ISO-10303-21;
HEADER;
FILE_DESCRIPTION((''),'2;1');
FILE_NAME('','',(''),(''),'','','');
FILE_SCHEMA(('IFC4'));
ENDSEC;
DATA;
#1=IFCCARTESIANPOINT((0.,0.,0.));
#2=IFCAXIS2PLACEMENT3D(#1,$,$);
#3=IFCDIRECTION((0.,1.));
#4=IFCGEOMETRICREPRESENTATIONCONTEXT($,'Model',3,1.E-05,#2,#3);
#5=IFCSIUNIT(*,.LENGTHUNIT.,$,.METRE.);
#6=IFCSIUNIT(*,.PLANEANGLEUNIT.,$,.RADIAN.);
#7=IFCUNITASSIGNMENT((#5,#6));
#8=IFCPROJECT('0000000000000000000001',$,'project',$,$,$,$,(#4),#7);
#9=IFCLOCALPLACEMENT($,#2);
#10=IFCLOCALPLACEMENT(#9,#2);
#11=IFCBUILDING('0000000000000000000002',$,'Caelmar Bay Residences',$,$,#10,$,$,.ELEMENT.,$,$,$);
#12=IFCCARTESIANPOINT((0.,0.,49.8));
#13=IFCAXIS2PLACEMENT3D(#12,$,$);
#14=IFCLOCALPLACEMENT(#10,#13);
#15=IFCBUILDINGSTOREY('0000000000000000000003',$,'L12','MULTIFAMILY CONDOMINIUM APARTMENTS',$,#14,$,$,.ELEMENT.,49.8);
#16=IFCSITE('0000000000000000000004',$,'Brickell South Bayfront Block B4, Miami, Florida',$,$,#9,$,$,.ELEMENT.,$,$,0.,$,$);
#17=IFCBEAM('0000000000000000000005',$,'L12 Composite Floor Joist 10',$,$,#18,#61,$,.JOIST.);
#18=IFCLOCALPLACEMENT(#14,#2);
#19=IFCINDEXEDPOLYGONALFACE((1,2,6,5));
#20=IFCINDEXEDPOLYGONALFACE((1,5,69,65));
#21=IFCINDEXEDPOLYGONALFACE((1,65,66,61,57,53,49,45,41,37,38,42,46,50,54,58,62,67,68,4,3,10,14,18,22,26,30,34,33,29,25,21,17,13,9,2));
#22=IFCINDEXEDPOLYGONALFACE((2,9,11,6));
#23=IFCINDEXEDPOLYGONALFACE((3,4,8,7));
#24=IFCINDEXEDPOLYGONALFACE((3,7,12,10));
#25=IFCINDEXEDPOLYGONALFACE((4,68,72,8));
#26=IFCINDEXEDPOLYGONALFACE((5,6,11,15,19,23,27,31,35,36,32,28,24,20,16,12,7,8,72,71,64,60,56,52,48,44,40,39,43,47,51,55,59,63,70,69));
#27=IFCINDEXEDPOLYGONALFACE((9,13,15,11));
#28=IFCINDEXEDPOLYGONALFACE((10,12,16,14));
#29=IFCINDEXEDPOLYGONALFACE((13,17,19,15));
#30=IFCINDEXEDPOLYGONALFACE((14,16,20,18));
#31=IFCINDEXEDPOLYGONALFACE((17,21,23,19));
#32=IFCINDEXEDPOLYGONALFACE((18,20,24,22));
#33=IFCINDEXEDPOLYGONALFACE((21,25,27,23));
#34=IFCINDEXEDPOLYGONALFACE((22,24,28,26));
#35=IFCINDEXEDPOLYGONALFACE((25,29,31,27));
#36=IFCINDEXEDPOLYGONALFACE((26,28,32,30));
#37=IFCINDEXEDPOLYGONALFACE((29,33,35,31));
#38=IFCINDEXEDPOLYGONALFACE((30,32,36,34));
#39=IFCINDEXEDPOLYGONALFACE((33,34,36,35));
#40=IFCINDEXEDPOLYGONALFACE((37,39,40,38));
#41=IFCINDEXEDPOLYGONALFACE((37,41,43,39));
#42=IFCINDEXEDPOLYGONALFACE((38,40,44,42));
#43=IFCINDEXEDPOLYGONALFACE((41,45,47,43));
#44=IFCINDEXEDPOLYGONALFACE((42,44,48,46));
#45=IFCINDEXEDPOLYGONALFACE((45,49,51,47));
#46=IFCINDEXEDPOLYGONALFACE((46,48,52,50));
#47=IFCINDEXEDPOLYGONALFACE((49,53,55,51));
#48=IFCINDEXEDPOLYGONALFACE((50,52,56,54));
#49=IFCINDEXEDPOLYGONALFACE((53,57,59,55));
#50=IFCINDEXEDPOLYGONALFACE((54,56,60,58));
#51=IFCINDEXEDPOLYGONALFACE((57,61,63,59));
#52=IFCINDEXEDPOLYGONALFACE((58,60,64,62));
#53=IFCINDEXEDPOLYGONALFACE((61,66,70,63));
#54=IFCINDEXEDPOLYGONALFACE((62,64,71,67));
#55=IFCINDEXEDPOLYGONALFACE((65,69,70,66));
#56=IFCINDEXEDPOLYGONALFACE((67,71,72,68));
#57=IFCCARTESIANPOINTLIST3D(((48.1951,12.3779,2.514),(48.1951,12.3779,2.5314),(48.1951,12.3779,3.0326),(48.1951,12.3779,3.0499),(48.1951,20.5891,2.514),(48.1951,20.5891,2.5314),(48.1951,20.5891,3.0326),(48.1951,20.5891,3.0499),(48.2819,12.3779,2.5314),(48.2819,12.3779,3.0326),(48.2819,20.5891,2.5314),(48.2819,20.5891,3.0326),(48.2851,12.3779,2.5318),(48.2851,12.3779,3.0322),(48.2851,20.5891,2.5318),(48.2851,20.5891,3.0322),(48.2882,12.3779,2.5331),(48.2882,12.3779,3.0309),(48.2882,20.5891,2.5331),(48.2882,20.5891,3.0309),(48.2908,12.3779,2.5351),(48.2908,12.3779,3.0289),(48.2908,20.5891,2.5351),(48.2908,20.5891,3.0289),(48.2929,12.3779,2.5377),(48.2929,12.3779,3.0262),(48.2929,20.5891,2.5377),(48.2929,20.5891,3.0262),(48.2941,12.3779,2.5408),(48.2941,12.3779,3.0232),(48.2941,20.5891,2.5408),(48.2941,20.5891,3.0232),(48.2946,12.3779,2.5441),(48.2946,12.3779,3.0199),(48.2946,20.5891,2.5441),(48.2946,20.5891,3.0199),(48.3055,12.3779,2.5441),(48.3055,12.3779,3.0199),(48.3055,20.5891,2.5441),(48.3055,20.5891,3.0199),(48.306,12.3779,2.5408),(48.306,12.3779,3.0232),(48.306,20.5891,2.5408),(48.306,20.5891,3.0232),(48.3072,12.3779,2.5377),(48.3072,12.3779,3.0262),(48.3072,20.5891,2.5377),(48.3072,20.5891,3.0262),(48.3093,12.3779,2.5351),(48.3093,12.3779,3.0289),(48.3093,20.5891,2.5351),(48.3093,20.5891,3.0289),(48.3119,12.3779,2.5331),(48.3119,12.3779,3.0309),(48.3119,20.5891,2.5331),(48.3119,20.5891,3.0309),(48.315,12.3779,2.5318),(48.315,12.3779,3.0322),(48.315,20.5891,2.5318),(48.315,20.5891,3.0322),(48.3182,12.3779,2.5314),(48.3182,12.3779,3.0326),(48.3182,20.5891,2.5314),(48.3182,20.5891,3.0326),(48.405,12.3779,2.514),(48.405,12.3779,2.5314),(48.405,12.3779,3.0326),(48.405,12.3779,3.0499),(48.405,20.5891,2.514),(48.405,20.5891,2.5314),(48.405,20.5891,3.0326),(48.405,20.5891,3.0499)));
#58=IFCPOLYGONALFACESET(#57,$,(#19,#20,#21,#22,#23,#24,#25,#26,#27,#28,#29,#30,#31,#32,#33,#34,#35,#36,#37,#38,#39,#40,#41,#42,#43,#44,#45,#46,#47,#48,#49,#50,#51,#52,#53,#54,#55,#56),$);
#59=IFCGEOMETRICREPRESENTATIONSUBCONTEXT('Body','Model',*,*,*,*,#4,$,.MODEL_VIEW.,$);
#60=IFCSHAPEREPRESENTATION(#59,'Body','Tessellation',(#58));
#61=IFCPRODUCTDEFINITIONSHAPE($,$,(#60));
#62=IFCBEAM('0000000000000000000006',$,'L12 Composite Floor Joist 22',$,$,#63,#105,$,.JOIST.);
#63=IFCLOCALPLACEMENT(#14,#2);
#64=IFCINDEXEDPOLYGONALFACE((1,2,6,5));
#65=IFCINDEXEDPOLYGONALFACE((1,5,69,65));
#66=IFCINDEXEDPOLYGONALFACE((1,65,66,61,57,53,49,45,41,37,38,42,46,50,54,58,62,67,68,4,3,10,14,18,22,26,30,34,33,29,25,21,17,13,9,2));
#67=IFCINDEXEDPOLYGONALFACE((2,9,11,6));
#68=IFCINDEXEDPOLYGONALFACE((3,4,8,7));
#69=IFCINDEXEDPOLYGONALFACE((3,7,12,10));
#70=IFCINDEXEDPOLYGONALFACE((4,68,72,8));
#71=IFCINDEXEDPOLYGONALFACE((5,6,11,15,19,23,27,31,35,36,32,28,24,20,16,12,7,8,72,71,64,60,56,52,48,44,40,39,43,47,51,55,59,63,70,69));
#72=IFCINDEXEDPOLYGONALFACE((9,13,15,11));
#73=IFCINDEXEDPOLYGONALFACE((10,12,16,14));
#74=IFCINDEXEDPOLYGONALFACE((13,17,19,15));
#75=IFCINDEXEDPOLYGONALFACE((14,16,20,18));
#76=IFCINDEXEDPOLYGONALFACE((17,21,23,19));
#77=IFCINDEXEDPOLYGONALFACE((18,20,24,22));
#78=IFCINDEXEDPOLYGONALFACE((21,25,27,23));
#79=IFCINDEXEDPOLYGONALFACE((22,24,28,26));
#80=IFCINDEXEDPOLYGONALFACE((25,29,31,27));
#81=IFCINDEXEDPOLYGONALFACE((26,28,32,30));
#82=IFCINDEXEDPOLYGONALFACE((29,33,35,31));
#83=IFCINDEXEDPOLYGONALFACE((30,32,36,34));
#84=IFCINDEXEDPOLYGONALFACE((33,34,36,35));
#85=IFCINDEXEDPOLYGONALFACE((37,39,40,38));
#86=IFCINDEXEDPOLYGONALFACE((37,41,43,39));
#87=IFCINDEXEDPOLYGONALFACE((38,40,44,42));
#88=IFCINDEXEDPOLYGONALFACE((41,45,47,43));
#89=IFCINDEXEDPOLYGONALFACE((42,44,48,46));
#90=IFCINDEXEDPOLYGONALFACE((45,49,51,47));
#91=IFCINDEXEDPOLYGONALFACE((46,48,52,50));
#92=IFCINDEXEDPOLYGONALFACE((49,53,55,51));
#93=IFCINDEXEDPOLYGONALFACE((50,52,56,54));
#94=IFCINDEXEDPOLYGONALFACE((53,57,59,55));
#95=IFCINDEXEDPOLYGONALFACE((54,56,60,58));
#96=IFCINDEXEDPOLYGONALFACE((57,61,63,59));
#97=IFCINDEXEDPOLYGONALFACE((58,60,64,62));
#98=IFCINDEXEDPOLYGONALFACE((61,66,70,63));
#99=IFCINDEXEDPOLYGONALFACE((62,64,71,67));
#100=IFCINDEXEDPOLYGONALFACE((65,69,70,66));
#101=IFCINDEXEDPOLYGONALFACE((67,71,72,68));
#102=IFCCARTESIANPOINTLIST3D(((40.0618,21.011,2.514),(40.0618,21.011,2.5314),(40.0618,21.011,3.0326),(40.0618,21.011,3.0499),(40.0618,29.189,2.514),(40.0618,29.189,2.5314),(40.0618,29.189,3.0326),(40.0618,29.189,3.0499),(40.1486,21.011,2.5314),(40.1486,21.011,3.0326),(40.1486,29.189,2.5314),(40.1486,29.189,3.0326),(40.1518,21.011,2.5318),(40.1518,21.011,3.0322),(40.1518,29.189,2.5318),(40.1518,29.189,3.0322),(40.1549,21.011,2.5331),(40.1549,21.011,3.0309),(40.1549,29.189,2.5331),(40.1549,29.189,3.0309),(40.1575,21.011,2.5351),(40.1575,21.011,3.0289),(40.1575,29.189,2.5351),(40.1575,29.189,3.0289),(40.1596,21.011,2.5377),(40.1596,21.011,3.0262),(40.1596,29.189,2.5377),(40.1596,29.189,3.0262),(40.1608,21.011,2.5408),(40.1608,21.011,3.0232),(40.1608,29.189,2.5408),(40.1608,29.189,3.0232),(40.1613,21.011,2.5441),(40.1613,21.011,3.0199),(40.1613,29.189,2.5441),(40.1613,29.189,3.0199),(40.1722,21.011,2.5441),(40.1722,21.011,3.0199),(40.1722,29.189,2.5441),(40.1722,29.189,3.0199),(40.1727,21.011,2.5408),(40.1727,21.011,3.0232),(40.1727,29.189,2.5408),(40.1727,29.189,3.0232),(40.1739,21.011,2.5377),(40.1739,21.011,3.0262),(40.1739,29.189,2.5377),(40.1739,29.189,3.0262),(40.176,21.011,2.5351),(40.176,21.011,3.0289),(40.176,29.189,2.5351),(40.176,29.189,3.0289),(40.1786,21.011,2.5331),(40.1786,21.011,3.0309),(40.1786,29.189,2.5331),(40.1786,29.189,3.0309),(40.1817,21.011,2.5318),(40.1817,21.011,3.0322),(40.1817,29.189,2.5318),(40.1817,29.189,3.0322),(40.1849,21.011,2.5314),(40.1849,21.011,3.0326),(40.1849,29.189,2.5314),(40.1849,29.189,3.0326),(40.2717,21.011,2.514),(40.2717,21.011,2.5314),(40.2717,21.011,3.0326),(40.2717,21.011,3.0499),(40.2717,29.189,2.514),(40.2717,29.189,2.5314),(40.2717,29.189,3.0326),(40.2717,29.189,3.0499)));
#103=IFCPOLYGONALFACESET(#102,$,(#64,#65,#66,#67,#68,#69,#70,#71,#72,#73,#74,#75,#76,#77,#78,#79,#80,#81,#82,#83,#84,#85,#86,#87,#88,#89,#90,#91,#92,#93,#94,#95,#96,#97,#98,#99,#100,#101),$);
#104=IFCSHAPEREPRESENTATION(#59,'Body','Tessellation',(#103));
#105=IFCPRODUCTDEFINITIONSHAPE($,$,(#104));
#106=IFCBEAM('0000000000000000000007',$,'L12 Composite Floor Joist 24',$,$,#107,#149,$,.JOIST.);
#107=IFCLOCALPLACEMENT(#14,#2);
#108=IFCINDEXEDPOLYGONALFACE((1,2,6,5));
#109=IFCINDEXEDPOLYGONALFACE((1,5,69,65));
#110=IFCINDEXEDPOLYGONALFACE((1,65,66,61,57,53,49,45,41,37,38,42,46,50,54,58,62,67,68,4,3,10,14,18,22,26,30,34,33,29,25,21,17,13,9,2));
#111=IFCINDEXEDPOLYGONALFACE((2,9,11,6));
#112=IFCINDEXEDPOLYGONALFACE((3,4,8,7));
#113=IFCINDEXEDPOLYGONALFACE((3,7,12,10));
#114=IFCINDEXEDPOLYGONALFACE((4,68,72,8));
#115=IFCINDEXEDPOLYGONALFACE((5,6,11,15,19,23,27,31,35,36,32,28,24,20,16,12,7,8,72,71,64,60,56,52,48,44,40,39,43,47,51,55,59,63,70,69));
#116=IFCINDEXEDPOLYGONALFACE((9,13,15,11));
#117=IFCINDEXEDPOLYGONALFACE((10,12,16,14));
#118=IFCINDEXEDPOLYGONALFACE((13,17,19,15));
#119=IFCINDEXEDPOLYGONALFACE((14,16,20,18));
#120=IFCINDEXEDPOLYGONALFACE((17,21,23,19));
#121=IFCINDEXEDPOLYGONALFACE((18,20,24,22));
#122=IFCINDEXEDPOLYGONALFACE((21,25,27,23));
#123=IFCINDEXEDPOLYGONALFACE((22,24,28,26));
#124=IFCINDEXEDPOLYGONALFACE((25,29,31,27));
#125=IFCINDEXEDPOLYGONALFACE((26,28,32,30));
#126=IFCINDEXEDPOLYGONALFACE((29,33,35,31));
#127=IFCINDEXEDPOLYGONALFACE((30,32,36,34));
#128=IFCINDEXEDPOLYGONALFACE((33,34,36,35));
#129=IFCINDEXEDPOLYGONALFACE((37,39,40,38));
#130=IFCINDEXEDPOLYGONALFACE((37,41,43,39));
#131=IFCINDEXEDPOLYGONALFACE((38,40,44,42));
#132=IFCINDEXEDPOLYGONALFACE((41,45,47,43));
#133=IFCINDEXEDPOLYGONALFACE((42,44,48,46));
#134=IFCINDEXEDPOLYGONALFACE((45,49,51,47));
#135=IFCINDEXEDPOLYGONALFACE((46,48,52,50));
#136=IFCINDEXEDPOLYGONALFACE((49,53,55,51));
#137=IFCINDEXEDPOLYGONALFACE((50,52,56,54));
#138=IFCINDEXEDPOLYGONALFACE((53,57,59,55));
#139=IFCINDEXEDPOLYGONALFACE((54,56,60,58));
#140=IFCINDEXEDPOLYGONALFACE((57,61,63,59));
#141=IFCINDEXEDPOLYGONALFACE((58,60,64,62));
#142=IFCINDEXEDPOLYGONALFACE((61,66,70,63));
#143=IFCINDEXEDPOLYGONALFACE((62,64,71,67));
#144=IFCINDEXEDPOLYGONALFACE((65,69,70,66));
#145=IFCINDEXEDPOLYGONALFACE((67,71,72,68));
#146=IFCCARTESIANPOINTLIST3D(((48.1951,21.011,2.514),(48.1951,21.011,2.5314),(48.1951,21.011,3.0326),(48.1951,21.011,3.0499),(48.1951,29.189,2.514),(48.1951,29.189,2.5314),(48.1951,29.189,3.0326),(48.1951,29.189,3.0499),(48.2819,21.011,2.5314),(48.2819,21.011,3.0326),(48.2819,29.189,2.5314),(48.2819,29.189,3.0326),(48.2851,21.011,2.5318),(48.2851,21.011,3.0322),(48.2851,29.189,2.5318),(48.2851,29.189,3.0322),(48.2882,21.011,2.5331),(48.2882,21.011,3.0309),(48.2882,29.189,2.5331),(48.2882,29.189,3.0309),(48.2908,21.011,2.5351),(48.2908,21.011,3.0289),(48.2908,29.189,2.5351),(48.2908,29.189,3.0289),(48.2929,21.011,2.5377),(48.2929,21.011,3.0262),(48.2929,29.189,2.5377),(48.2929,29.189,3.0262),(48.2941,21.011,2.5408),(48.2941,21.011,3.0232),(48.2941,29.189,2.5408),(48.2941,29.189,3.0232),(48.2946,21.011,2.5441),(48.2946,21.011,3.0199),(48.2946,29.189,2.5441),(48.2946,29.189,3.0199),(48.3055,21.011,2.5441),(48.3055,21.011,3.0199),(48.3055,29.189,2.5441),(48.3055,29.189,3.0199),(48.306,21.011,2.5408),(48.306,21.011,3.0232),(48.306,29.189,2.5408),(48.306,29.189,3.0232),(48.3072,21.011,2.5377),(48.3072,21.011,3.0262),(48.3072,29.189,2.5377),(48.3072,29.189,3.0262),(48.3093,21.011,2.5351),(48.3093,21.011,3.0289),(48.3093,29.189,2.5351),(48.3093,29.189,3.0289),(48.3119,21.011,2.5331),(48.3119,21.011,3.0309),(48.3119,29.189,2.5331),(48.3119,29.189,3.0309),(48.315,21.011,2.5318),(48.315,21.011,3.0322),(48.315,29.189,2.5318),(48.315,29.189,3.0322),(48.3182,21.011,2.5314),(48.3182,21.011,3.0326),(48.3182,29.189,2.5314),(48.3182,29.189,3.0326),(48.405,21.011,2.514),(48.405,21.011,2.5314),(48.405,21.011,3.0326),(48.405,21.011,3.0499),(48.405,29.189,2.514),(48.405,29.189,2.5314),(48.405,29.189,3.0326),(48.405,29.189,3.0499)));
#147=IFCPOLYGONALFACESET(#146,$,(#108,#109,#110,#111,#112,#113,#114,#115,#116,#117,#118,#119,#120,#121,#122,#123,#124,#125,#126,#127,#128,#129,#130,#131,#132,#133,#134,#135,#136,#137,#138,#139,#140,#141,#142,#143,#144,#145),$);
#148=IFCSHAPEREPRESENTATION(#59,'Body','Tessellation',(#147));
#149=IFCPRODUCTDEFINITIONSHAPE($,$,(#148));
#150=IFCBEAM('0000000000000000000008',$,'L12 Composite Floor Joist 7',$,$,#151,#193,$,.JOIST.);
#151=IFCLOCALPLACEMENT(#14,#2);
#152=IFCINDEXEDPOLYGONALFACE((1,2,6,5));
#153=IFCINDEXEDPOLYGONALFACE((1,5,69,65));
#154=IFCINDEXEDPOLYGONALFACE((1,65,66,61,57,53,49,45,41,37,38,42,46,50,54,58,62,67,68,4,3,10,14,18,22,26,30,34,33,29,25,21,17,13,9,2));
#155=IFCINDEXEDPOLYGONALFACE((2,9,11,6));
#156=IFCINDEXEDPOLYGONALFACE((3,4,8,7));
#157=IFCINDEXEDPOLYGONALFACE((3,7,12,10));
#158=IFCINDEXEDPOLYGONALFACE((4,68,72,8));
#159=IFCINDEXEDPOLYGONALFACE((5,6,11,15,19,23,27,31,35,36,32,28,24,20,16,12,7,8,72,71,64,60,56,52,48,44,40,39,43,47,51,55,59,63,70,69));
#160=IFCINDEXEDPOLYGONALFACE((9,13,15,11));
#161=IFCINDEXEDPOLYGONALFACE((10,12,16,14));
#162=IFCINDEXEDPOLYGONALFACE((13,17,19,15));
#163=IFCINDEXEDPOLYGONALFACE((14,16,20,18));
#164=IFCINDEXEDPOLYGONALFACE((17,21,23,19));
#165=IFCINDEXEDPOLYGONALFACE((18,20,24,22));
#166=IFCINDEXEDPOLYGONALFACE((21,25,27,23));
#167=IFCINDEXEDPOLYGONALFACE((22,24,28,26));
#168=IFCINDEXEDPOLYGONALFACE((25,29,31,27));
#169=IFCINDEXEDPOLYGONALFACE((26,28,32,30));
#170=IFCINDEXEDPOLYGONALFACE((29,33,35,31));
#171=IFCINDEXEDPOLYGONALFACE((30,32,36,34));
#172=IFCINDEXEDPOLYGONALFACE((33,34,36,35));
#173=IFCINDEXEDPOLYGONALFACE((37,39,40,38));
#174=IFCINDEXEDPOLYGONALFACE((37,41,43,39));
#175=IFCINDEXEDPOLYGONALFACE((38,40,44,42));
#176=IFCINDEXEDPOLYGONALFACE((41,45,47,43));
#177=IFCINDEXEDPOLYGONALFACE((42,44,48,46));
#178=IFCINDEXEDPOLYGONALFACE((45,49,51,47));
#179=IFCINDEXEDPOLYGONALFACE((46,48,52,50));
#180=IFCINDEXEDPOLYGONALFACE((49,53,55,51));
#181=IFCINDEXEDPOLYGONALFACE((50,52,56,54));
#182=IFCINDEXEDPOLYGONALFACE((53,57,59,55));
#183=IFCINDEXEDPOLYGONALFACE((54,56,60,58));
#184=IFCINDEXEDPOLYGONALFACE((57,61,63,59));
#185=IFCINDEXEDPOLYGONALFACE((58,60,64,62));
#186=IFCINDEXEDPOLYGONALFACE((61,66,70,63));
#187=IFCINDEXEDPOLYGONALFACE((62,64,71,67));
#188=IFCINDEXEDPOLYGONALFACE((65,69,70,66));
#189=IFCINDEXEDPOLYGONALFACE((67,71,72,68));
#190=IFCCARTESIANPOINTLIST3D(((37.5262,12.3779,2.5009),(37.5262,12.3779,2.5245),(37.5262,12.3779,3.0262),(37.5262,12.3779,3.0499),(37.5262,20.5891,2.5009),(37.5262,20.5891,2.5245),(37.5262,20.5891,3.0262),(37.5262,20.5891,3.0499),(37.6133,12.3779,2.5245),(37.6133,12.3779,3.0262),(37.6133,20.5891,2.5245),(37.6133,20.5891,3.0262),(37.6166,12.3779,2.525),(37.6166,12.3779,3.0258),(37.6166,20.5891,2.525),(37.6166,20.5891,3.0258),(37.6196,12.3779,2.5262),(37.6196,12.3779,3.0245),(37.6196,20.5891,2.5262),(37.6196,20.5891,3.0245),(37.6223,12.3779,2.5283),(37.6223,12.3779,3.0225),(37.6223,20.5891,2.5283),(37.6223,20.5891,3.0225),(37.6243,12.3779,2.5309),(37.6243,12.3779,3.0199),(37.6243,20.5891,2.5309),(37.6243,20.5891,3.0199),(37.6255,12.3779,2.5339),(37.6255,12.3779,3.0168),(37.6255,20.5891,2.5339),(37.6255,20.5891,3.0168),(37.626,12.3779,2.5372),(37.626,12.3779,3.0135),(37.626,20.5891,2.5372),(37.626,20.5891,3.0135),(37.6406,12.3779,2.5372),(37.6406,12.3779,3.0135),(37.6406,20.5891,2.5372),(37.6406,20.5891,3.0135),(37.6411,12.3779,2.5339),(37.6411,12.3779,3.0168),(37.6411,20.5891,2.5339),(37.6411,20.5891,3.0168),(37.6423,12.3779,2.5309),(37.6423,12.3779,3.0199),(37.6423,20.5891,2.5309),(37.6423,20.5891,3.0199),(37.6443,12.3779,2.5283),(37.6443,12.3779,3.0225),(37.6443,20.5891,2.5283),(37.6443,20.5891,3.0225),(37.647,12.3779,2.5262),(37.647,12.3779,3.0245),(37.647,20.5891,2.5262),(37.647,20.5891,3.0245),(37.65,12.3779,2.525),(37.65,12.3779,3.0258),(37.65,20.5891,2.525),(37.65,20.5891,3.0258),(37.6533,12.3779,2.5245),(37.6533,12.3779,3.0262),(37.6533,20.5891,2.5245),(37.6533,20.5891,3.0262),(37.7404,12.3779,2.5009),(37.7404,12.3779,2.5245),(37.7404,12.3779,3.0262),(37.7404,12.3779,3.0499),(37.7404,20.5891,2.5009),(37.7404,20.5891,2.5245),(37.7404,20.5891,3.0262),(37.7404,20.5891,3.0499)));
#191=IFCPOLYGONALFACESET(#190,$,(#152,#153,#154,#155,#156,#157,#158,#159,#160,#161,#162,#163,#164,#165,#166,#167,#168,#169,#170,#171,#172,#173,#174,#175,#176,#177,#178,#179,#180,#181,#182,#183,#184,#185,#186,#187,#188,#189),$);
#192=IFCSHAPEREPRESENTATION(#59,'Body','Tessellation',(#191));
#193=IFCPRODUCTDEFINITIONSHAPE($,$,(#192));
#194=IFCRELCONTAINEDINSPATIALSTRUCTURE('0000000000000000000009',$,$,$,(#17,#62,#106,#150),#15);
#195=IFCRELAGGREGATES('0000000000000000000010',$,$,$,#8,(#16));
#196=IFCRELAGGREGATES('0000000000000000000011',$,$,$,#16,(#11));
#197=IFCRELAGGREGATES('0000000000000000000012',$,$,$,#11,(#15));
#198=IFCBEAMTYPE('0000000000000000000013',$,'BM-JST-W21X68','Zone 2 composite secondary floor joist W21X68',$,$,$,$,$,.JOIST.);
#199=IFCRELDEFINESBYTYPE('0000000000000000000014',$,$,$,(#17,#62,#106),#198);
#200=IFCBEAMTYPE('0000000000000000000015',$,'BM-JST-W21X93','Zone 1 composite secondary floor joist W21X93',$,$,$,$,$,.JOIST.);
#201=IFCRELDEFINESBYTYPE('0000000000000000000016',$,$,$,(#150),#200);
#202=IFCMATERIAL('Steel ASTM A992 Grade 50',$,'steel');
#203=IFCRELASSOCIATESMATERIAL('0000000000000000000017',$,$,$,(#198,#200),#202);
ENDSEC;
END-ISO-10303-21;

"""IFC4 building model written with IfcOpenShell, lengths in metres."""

from ifc_helpers import new_model, si_unit, direction, frame, origin, origin_2d, place, context, subcontext, project, spatial, i_section, extrude, material, material_profile, profile_set, type_object, element, save


model = new_model("IFC4")

# Units and contexts
model_context = context("Model", 3, precision=1e-05, world=origin(), true_north=direction((0.0, 1.0)))
body_context = subcontext(model_context, "Body", "Model", "MODEL_VIEW")
ifc_project = project(units=[si_unit("LENGTHUNIT", "METRE"), si_unit("PLANEANGLEUNIT", "RADIAN")], contexts=[model_context])

# Site, building, storey
site_placement = place(None, origin())
site = spatial("IfcSite", under=ifc_project, at=site_placement, Name="Brickell South Bayfront Block B4, Miami, Florida", CompositionType="ELEMENT", RefElevation=0.0)
building_placement = place(site_placement, origin())
building = spatial("IfcBuilding", under=site, at=building_placement, Name="Caelmar Bay Residences", CompositionType="ELEMENT")
storey_placement = place(building_placement, frame((0.0, 0.0, 49.8)))
storey = spatial("IfcBuildingStorey", under=building, at=storey_placement, Name="L12", Description="MULTIFAMILY CONDOMINIUM APARTMENTS", CompositionType="ELEMENT", Elevation=49.8)

# Beams
ifc_material_1 = material(Name="Steel ASTM A992 Grade 50", Category="steel")
ifc_material_profile_1 = material_profile(ifc_material_1, i_section(OverallWidth=0.21, OverallDepth=0.5359, WebThickness=0.011, FlangeThickness=0.0173, FilletRadius=0.0127, at=origin_2d()), Name="W21X68")
ifc_profile_set_1 = profile_set([ifc_material_profile_1], Name="Steel ASTM A992 Grade 50")
beam_type_1 = type_object("IfcBeamType", Name="BM-JST-W21X68", Description="Zone 2 composite secondary floor joist W21X68", PredefinedType="JOIST", material=ifc_profile_set_1)
for number, where, z_axis, x_axis, name in (
    (1, (48.3, 12.3779, 2.782), (0.0, 1.0, 0.0), (-1.0, 0.0, 0.0), "L12 Composite Floor Joist 10"),
):
    element("IfcBeam", number, at=place(storey_placement, frame(where, z_axis=z_axis, x_axis=x_axis)), inside=storey, type_object=beam_type_1, Name=name, PredefinedType="JOIST", context=body_context, shape_type="SweptSolid", body=[
        extrude(i_section(OverallWidth=0.21, OverallDepth=0.5359, WebThickness=0.011, FlangeThickness=0.0173, FilletRadius=0.0127, at=origin_2d()), origin(), (0.0, 0.0, 1.0), 8.2112),
    ])
for number, where, z_axis, x_axis, name in (
    (2, (40.1667, 21.011, 2.782), (0.0, 1.0, 0.0), (-1.0, 0.0, 0.0), "L12 Composite Floor Joist 22"),
    (3, (48.3, 21.011, 2.782), (0.0, 1.0, 0.0), (-1.0, 0.0, 0.0), "L12 Composite Floor Joist 24"),
):
    element("IfcBeam", number, at=place(storey_placement, frame(where, z_axis=z_axis, x_axis=x_axis)), inside=storey, type_object=beam_type_1, Name=name, PredefinedType="JOIST", context=body_context, shape_type="SweptSolid", body=[
        extrude(i_section(OverallWidth=0.21, OverallDepth=0.5359, WebThickness=0.011, FlangeThickness=0.0173, FilletRadius=0.0127, at=origin_2d()), origin(), (0.0, 0.0, 1.0), 8.178),
    ])
ifc_material_profile_2 = material_profile(ifc_material_1, i_section(OverallWidth=0.2141, OverallDepth=0.5491, WebThickness=0.0146, FlangeThickness=0.0237, FilletRadius=0.0127, at=origin_2d()), Name="W21X93")
ifc_profile_set_2 = profile_set([ifc_material_profile_2], Name="Steel ASTM A992 Grade 50")
beam_type_2 = type_object("IfcBeamType", Name="BM-JST-W21X93", Description="Zone 1 composite secondary floor joist W21X93", PredefinedType="JOIST", material=ifc_profile_set_2)
for number, where, z_axis, x_axis, name in (
    (4, (37.6333, 12.3779, 2.7754), (0.0, 1.0, 0.0), (-1.0, 0.0, 0.0), "L12 Composite Floor Joist 7"),
):
    element("IfcBeam", number, at=place(storey_placement, frame(where, z_axis=z_axis, x_axis=x_axis)), inside=storey, type_object=beam_type_2, Name=name, PredefinedType="JOIST", context=body_context, shape_type="SweptSolid", body=[
        extrude(i_section(OverallWidth=0.2141, OverallDepth=0.5491, WebThickness=0.0146, FlangeThickness=0.0237, FilletRadius=0.0127, at=origin_2d()), origin(), (0.0, 0.0, 1.0), 8.2112),
    ])

save(model, "model.ifc")
